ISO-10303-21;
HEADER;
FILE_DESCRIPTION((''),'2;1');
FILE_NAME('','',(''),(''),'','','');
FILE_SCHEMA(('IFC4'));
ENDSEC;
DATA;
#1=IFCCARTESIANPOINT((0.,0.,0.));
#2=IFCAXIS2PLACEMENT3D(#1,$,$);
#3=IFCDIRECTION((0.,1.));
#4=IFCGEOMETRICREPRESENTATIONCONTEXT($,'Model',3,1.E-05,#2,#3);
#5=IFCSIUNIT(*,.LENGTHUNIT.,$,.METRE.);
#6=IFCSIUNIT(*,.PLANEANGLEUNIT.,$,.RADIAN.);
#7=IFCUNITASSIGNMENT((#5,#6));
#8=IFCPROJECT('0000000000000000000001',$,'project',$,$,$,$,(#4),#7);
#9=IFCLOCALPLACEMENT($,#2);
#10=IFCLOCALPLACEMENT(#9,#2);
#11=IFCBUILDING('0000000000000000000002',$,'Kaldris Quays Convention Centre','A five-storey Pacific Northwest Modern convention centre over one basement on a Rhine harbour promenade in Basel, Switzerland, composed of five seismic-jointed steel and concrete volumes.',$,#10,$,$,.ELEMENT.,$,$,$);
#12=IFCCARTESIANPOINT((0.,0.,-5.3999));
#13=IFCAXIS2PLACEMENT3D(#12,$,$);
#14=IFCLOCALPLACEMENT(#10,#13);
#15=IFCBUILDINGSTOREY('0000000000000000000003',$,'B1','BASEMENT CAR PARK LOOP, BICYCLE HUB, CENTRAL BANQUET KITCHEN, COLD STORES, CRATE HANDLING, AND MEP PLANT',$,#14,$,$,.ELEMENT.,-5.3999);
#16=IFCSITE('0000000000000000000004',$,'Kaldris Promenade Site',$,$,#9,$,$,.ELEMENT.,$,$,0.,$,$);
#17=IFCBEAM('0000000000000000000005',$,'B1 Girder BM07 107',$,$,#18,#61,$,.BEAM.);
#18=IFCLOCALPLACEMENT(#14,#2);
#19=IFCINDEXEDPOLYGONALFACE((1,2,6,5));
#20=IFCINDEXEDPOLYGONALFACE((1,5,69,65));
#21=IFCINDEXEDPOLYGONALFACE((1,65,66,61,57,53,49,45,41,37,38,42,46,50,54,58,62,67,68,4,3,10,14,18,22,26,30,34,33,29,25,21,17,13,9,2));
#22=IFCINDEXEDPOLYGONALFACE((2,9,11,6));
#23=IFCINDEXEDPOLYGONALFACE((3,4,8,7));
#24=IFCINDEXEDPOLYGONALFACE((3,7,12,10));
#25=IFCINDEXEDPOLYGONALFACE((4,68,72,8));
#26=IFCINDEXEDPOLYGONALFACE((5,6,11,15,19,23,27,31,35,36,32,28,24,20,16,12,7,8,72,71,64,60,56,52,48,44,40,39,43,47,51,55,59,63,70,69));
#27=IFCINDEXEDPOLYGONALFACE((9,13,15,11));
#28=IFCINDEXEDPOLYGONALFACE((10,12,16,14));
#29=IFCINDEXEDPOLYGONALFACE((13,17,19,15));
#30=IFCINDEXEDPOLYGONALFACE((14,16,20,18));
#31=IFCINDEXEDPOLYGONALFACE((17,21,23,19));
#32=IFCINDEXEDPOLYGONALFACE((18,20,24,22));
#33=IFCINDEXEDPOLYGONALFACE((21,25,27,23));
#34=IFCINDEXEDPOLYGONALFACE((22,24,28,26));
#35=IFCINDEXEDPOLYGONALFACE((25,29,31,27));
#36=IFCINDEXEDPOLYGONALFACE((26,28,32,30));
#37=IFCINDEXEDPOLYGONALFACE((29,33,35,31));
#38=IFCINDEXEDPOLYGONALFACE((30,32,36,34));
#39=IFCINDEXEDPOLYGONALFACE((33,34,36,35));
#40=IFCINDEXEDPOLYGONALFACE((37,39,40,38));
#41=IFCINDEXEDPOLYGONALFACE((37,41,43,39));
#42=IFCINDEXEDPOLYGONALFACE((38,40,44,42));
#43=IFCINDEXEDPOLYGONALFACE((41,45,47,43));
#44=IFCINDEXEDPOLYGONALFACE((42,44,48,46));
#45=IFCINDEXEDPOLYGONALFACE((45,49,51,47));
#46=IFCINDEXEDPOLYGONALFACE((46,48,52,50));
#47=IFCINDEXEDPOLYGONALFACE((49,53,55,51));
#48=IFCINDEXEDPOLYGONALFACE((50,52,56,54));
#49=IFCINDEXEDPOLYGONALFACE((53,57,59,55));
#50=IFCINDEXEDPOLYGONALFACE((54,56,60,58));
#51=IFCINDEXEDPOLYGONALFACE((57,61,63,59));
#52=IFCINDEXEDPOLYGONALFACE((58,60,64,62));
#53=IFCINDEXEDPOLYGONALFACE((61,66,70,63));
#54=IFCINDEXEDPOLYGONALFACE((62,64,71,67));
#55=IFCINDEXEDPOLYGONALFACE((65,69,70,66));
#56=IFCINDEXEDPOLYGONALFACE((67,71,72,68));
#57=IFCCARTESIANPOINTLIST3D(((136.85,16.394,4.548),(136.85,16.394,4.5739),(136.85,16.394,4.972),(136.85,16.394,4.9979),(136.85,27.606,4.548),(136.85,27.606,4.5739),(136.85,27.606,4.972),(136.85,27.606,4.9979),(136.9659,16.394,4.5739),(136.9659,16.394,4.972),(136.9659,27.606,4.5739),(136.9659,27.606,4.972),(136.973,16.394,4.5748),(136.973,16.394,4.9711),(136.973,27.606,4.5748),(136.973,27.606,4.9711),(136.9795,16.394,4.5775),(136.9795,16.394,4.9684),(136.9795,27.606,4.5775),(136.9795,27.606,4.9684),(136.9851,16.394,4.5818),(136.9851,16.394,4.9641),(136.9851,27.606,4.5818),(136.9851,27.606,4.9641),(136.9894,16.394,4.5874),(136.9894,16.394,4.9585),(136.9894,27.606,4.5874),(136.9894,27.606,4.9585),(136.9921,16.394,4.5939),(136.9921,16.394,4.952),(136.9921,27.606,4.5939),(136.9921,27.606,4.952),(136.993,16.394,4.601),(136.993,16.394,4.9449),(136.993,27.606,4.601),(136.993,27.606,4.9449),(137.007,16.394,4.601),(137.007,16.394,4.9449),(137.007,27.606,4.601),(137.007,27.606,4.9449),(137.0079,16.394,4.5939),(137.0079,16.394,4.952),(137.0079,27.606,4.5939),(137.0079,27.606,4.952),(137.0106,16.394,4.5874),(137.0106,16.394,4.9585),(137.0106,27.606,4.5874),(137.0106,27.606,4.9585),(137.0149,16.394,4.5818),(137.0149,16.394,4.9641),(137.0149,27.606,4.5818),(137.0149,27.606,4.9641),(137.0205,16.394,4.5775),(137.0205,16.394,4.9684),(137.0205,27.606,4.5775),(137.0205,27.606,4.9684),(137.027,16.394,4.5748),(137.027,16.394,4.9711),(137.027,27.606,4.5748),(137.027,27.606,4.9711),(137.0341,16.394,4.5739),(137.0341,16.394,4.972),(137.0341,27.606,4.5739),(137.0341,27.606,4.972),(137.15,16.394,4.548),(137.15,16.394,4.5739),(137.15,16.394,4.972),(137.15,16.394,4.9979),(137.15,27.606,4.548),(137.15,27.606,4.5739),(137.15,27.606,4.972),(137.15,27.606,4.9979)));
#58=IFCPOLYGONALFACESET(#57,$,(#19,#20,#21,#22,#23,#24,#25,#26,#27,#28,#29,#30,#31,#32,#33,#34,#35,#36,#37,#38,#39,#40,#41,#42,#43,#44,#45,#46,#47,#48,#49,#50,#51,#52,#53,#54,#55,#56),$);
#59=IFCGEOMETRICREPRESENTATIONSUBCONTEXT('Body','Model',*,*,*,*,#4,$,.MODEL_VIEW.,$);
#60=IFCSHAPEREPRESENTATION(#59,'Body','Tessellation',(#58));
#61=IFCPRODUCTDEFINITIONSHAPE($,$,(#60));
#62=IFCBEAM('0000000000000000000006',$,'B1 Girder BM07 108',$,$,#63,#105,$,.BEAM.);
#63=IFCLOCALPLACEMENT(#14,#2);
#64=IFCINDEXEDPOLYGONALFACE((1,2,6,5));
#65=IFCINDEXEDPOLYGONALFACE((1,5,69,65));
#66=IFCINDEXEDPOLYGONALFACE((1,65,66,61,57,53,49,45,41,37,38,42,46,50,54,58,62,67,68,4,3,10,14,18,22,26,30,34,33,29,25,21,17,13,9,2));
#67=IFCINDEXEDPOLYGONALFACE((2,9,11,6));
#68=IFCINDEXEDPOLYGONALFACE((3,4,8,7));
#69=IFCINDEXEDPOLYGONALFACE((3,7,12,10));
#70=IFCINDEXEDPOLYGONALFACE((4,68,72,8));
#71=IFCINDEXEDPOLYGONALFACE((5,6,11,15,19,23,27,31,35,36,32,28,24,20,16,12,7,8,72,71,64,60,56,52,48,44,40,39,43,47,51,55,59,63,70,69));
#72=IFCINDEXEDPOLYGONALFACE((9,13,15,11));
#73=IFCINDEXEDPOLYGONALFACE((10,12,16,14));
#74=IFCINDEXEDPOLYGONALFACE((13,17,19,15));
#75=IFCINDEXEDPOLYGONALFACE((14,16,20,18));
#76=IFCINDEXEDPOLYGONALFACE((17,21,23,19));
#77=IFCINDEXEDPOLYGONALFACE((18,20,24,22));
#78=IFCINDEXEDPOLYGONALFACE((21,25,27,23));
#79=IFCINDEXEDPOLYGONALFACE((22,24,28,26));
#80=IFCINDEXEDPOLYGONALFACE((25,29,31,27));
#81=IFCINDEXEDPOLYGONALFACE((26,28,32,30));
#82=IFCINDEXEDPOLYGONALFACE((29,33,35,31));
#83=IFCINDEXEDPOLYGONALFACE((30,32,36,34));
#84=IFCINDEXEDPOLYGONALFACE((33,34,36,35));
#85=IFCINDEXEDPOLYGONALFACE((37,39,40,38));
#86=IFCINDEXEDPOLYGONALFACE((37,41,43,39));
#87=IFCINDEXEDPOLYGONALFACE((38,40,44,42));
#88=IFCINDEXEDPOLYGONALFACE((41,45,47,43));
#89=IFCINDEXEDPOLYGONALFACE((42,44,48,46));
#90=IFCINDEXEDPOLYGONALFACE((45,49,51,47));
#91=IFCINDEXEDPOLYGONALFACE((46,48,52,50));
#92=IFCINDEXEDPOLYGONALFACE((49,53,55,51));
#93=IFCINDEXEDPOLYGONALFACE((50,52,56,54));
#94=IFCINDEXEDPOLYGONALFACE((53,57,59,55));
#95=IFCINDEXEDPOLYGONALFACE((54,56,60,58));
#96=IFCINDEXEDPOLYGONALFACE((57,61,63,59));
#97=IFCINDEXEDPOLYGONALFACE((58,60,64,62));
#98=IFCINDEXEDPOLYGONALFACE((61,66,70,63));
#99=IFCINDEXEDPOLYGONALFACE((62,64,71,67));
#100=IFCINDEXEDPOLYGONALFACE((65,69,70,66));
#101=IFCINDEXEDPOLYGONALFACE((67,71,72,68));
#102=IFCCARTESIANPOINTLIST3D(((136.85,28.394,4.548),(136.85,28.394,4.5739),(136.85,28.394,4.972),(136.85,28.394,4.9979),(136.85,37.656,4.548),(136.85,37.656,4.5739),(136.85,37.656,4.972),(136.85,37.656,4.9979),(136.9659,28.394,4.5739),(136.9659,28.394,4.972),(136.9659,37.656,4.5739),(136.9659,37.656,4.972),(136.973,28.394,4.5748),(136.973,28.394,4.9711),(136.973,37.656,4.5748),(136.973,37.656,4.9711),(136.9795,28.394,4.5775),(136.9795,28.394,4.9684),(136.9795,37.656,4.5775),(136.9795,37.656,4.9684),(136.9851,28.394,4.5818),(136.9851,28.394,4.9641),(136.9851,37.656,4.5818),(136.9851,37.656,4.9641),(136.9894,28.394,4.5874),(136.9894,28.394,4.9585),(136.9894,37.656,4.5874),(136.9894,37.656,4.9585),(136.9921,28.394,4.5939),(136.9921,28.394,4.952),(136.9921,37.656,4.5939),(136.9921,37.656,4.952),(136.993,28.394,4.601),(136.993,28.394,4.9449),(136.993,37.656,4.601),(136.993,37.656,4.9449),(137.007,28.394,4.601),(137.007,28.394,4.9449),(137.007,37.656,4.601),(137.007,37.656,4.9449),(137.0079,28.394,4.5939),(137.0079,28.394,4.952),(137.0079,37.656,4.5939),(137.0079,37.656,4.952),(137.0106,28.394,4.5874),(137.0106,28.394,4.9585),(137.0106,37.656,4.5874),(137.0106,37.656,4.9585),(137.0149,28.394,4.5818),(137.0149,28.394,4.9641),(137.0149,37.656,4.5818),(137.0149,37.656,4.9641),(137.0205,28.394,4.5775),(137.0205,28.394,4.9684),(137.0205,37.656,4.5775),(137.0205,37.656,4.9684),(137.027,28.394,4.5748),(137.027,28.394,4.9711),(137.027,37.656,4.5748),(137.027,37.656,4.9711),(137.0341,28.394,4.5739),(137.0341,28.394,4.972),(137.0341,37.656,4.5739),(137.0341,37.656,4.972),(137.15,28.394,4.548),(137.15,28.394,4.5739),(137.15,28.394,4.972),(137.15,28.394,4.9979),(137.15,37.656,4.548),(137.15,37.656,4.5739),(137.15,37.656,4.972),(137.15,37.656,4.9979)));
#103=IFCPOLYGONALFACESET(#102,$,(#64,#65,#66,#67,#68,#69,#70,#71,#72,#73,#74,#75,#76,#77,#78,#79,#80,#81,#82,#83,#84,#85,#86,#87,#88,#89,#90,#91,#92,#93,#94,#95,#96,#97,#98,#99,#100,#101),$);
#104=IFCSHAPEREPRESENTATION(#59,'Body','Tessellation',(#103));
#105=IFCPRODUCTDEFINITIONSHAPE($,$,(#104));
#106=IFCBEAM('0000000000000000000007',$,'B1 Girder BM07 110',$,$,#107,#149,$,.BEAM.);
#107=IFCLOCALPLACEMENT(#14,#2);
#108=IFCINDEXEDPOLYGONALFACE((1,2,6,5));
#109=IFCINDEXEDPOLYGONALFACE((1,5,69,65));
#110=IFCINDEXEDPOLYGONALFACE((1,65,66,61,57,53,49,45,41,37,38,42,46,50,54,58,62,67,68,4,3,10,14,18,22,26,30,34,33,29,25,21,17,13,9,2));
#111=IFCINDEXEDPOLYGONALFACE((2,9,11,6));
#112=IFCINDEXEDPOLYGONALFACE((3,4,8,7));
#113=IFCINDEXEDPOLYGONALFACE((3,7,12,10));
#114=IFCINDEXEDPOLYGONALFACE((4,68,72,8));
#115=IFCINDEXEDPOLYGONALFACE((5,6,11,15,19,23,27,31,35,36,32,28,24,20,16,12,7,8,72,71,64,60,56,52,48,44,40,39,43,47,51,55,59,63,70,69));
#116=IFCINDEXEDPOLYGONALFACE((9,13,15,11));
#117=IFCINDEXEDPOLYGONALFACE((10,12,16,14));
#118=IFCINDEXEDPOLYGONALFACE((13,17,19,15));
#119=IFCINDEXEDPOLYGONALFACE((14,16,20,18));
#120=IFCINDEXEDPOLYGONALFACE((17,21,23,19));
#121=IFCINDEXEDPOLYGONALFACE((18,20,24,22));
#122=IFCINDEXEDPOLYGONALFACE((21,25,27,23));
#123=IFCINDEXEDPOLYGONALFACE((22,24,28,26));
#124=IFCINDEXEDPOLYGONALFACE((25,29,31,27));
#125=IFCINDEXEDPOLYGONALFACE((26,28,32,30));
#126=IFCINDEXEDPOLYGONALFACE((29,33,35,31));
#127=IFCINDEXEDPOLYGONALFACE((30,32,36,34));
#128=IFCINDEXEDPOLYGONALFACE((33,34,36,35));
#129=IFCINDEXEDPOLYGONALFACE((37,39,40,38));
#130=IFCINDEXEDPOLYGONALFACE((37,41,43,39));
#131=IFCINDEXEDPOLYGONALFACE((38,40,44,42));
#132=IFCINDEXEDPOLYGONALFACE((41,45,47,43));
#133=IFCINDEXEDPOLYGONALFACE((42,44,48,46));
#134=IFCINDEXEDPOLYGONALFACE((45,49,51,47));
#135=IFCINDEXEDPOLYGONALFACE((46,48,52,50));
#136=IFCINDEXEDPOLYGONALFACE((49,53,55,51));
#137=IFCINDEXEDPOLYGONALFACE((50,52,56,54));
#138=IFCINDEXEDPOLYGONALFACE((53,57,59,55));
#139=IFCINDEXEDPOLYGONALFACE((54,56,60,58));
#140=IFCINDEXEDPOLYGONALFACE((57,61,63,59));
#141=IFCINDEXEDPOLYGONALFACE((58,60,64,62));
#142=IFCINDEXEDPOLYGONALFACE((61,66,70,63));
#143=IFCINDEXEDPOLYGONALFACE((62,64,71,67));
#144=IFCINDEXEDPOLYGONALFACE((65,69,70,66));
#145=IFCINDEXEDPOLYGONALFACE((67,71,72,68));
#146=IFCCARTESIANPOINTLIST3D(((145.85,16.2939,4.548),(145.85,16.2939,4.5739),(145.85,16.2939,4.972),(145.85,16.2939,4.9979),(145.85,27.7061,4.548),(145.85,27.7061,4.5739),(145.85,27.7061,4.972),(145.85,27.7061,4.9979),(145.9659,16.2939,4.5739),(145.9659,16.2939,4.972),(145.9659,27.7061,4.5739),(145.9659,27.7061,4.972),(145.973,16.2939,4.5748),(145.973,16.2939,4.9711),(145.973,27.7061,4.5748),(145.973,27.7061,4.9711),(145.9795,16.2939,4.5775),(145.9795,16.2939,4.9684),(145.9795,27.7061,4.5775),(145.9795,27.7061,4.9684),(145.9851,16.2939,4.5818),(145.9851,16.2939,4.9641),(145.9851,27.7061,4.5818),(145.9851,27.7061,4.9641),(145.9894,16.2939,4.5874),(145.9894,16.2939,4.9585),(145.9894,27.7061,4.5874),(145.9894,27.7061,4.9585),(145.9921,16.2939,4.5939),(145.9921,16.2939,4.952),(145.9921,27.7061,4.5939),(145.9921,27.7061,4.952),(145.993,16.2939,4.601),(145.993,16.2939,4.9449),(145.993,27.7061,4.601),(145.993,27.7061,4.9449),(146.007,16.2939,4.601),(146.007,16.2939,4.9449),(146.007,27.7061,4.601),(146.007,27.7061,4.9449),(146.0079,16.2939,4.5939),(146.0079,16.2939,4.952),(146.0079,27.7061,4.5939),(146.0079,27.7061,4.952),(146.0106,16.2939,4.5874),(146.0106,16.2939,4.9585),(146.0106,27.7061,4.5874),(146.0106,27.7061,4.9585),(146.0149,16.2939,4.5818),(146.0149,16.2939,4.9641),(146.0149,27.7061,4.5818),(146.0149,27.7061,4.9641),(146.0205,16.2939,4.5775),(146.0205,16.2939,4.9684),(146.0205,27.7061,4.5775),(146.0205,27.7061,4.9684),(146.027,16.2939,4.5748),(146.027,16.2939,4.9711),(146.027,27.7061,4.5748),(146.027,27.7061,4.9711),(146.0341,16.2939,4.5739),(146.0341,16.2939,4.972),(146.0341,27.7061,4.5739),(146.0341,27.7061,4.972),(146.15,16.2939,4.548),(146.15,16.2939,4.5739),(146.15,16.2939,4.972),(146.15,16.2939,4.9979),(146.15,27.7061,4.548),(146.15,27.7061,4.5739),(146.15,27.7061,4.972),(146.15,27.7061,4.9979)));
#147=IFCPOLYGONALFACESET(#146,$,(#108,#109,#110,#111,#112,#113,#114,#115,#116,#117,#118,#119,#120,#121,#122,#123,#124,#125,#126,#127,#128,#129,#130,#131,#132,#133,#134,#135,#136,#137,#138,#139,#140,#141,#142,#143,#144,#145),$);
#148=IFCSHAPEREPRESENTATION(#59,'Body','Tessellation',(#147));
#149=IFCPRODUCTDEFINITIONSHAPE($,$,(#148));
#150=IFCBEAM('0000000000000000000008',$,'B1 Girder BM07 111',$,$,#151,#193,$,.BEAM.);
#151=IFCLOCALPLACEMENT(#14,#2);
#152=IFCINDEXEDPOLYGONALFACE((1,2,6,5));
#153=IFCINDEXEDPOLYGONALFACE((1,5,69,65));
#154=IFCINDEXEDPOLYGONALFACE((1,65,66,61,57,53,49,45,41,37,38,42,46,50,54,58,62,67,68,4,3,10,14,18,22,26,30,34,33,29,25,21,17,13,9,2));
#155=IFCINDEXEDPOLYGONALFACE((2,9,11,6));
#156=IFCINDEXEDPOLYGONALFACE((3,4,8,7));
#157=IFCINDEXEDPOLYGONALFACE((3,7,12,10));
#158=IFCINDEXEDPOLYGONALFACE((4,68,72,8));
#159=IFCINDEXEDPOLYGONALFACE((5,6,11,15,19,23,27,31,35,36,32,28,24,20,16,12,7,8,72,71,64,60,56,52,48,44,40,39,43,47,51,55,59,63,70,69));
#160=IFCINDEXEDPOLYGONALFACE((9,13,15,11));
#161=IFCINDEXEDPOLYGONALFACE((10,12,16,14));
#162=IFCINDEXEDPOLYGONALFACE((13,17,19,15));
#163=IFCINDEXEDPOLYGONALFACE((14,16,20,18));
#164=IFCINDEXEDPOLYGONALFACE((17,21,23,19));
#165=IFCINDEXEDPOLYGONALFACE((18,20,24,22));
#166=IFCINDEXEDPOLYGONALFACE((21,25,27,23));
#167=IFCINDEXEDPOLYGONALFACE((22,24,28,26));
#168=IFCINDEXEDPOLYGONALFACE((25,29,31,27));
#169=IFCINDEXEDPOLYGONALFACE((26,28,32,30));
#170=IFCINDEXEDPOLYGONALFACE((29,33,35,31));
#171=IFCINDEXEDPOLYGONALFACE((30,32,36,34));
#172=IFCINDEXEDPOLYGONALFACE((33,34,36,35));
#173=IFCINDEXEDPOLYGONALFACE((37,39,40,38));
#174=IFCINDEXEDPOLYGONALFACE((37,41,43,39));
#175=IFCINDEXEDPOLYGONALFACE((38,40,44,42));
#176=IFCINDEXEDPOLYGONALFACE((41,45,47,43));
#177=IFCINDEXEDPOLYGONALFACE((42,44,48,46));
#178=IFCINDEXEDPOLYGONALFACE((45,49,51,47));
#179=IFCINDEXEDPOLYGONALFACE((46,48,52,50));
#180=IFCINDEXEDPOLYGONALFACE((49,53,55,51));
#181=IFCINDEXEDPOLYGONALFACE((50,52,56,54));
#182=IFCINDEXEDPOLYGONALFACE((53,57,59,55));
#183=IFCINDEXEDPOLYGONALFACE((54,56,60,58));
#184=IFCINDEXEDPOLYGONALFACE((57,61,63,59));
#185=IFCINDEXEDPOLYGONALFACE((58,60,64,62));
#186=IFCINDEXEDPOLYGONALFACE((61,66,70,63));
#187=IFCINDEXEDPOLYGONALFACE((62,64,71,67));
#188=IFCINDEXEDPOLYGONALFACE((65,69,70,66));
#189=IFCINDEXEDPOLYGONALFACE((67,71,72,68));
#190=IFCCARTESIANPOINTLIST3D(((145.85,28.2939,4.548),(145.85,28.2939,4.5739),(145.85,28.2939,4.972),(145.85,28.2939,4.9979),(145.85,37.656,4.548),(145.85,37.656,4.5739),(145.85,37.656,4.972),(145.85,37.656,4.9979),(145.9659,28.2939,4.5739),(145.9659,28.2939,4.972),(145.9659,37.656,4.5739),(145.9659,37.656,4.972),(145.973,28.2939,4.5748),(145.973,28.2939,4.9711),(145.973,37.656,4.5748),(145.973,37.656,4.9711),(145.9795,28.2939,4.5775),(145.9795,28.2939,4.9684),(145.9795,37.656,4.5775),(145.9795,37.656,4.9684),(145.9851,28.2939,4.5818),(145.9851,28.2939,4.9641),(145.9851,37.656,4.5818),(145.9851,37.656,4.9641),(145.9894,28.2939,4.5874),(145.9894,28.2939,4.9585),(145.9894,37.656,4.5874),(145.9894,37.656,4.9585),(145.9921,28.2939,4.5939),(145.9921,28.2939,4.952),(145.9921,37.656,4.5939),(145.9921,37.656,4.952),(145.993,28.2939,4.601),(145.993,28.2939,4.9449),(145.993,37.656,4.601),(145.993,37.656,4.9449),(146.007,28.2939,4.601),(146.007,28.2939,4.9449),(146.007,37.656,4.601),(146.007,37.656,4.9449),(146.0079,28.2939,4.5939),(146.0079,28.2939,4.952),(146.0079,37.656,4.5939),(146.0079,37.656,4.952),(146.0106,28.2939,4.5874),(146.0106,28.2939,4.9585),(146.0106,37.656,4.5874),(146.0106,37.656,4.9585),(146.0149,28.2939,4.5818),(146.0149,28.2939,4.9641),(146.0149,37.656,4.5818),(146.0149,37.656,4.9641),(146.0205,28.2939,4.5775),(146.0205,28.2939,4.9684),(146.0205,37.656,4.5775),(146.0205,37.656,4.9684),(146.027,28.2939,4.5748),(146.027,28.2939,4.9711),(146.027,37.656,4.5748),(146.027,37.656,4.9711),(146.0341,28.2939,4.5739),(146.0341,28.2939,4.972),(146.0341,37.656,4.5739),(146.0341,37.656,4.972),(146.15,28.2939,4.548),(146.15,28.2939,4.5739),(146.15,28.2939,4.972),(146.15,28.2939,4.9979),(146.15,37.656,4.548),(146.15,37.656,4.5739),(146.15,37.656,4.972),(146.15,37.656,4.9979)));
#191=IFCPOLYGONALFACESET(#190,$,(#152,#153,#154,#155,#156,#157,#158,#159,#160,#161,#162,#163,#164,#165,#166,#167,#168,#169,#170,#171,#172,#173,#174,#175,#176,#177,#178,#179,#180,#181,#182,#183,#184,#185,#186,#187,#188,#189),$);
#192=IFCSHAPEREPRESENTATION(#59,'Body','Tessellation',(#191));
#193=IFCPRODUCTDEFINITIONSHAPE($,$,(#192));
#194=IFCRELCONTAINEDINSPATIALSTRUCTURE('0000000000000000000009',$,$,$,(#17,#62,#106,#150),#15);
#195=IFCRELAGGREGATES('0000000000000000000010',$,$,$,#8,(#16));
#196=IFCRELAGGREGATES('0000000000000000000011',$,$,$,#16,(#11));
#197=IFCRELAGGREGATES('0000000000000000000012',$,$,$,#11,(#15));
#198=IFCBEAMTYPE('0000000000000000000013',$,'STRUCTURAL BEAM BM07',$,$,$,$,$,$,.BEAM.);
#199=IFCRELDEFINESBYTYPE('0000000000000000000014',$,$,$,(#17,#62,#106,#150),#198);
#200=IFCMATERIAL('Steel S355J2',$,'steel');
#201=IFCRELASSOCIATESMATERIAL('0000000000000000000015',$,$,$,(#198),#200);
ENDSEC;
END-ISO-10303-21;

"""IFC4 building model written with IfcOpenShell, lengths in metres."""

from ifc_helpers import new_model, si_unit, direction, frame, origin, origin_2d, place, context, subcontext, project, spatial, i_section, extrude, material, material_profile, profile_set, type_object, element, save


model = new_model("IFC4")

# Units and contexts
model_context = context("Model", 3, precision=1e-05, world=origin(), true_north=direction((0.0, 1.0)))
body_context = subcontext(model_context, "Body", "Model", "MODEL_VIEW")
ifc_project = project(units=[si_unit("LENGTHUNIT", "METRE"), si_unit("PLANEANGLEUNIT", "RADIAN")], contexts=[model_context])

# Site, building, storey
site_placement = place(None, origin())
site = spatial("IfcSite", under=ifc_project, at=site_placement, Name="Kaldris Promenade Site", CompositionType="ELEMENT", RefElevation=0.0)
building_placement = place(site_placement, origin())
building = spatial("IfcBuilding", under=site, at=building_placement, Name="Kaldris Quays Convention Centre", Description="A five-storey Pacific Northwest Modern convention centre over one basement on a Rhine harbour promenade in Basel, Switzerland, composed of five seismic-jointed steel and concrete volumes.", CompositionType="ELEMENT")
storey_placement = place(building_placement, frame((0.0, 0.0, -5.3999)))
storey = spatial("IfcBuildingStorey", under=building, at=storey_placement, Name="B1", Description="BASEMENT CAR PARK LOOP, BICYCLE HUB, CENTRAL BANQUET KITCHEN, COLD STORES, CRATE HANDLING, AND MEP PLANT", CompositionType="ELEMENT", Elevation=-5.3999)

# Shared definitions
ifc_material_1 = material(Name="Steel S355J2", Category="steel")

# Beams
ifc_material_profile_1 = material_profile(ifc_material_1, i_section(OverallWidth=0.3, OverallDepth=0.45, WebThickness=0.0139, FlangeThickness=0.0259, FilletRadius=0.0271, at=origin_2d()), Name="HEB 450")
ifc_profile_set_1 = profile_set([ifc_material_profile_1], Name="Steel S355J2")
beam_type_1 = type_object("IfcBeamType", Name="STRUCTURAL BEAM BM07", PredefinedType="BEAM", material=ifc_profile_set_1)
beam_1_placement = place(storey_placement, frame((137.0, 16.394, 4.7729), z_axis=(0.0, 1.0, 0.0), x_axis=(-1.0, 0.0, 0.0)))
element("IfcBeam", 1, at=beam_1_placement, inside=storey, type_object=beam_type_1, Name="B1 Girder BM07 107", PredefinedType="BEAM", context=body_context, shape_type="SweptSolid", body=[
    extrude(i_section(OverallWidth=0.3, OverallDepth=0.45, WebThickness=0.0139, FlangeThickness=0.0259, FilletRadius=0.0271, at=origin_2d()), origin(), (0.0, 0.0, 1.0), 11.2119),
])
beam_2_placement = place(storey_placement, frame((137.0, 28.394, 4.7729), z_axis=(0.0, 1.0, 0.0), x_axis=(-1.0, 0.0, 0.0)))
element("IfcBeam", 2, at=beam_2_placement, inside=storey, type_object=beam_type_1, Name="B1 Girder BM07 108", PredefinedType="BEAM", context=body_context, shape_type="SweptSolid", body=[
    extrude(i_section(OverallWidth=0.3, OverallDepth=0.45, WebThickness=0.0139, FlangeThickness=0.0259, FilletRadius=0.0271, at=origin_2d()), origin(), (0.0, 0.0, 1.0), 9.262),
])
beam_3_placement = place(storey_placement, frame((146.0, 16.2939, 4.7729), z_axis=(0.0, 1.0, 0.0), x_axis=(-1.0, 0.0, 0.0)))
element("IfcBeam", 3, at=beam_3_placement, inside=storey, type_object=beam_type_1, Name="B1 Girder BM07 110", PredefinedType="BEAM", context=body_context, shape_type="SweptSolid", body=[
    extrude(i_section(OverallWidth=0.3, OverallDepth=0.45, WebThickness=0.0139, FlangeThickness=0.0259, FilletRadius=0.0271, at=origin_2d()), origin(), (0.0, 0.0, 1.0), 11.4121),
])
beam_4_placement = place(storey_placement, frame((146.0, 28.2939, 4.7729), z_axis=(0.0, 1.0, 0.0), x_axis=(-1.0, 0.0, 0.0)))
element("IfcBeam", 4, at=beam_4_placement, inside=storey, type_object=beam_type_1, Name="B1 Girder BM07 111", PredefinedType="BEAM", context=body_context, shape_type="SweptSolid", body=[
    extrude(i_section(OverallWidth=0.3, OverallDepth=0.45, WebThickness=0.0139, FlangeThickness=0.0259, FilletRadius=0.0271, at=origin_2d()), origin(), (0.0, 0.0, 1.0), 9.3621),
])

save(model, "model.ifc")
